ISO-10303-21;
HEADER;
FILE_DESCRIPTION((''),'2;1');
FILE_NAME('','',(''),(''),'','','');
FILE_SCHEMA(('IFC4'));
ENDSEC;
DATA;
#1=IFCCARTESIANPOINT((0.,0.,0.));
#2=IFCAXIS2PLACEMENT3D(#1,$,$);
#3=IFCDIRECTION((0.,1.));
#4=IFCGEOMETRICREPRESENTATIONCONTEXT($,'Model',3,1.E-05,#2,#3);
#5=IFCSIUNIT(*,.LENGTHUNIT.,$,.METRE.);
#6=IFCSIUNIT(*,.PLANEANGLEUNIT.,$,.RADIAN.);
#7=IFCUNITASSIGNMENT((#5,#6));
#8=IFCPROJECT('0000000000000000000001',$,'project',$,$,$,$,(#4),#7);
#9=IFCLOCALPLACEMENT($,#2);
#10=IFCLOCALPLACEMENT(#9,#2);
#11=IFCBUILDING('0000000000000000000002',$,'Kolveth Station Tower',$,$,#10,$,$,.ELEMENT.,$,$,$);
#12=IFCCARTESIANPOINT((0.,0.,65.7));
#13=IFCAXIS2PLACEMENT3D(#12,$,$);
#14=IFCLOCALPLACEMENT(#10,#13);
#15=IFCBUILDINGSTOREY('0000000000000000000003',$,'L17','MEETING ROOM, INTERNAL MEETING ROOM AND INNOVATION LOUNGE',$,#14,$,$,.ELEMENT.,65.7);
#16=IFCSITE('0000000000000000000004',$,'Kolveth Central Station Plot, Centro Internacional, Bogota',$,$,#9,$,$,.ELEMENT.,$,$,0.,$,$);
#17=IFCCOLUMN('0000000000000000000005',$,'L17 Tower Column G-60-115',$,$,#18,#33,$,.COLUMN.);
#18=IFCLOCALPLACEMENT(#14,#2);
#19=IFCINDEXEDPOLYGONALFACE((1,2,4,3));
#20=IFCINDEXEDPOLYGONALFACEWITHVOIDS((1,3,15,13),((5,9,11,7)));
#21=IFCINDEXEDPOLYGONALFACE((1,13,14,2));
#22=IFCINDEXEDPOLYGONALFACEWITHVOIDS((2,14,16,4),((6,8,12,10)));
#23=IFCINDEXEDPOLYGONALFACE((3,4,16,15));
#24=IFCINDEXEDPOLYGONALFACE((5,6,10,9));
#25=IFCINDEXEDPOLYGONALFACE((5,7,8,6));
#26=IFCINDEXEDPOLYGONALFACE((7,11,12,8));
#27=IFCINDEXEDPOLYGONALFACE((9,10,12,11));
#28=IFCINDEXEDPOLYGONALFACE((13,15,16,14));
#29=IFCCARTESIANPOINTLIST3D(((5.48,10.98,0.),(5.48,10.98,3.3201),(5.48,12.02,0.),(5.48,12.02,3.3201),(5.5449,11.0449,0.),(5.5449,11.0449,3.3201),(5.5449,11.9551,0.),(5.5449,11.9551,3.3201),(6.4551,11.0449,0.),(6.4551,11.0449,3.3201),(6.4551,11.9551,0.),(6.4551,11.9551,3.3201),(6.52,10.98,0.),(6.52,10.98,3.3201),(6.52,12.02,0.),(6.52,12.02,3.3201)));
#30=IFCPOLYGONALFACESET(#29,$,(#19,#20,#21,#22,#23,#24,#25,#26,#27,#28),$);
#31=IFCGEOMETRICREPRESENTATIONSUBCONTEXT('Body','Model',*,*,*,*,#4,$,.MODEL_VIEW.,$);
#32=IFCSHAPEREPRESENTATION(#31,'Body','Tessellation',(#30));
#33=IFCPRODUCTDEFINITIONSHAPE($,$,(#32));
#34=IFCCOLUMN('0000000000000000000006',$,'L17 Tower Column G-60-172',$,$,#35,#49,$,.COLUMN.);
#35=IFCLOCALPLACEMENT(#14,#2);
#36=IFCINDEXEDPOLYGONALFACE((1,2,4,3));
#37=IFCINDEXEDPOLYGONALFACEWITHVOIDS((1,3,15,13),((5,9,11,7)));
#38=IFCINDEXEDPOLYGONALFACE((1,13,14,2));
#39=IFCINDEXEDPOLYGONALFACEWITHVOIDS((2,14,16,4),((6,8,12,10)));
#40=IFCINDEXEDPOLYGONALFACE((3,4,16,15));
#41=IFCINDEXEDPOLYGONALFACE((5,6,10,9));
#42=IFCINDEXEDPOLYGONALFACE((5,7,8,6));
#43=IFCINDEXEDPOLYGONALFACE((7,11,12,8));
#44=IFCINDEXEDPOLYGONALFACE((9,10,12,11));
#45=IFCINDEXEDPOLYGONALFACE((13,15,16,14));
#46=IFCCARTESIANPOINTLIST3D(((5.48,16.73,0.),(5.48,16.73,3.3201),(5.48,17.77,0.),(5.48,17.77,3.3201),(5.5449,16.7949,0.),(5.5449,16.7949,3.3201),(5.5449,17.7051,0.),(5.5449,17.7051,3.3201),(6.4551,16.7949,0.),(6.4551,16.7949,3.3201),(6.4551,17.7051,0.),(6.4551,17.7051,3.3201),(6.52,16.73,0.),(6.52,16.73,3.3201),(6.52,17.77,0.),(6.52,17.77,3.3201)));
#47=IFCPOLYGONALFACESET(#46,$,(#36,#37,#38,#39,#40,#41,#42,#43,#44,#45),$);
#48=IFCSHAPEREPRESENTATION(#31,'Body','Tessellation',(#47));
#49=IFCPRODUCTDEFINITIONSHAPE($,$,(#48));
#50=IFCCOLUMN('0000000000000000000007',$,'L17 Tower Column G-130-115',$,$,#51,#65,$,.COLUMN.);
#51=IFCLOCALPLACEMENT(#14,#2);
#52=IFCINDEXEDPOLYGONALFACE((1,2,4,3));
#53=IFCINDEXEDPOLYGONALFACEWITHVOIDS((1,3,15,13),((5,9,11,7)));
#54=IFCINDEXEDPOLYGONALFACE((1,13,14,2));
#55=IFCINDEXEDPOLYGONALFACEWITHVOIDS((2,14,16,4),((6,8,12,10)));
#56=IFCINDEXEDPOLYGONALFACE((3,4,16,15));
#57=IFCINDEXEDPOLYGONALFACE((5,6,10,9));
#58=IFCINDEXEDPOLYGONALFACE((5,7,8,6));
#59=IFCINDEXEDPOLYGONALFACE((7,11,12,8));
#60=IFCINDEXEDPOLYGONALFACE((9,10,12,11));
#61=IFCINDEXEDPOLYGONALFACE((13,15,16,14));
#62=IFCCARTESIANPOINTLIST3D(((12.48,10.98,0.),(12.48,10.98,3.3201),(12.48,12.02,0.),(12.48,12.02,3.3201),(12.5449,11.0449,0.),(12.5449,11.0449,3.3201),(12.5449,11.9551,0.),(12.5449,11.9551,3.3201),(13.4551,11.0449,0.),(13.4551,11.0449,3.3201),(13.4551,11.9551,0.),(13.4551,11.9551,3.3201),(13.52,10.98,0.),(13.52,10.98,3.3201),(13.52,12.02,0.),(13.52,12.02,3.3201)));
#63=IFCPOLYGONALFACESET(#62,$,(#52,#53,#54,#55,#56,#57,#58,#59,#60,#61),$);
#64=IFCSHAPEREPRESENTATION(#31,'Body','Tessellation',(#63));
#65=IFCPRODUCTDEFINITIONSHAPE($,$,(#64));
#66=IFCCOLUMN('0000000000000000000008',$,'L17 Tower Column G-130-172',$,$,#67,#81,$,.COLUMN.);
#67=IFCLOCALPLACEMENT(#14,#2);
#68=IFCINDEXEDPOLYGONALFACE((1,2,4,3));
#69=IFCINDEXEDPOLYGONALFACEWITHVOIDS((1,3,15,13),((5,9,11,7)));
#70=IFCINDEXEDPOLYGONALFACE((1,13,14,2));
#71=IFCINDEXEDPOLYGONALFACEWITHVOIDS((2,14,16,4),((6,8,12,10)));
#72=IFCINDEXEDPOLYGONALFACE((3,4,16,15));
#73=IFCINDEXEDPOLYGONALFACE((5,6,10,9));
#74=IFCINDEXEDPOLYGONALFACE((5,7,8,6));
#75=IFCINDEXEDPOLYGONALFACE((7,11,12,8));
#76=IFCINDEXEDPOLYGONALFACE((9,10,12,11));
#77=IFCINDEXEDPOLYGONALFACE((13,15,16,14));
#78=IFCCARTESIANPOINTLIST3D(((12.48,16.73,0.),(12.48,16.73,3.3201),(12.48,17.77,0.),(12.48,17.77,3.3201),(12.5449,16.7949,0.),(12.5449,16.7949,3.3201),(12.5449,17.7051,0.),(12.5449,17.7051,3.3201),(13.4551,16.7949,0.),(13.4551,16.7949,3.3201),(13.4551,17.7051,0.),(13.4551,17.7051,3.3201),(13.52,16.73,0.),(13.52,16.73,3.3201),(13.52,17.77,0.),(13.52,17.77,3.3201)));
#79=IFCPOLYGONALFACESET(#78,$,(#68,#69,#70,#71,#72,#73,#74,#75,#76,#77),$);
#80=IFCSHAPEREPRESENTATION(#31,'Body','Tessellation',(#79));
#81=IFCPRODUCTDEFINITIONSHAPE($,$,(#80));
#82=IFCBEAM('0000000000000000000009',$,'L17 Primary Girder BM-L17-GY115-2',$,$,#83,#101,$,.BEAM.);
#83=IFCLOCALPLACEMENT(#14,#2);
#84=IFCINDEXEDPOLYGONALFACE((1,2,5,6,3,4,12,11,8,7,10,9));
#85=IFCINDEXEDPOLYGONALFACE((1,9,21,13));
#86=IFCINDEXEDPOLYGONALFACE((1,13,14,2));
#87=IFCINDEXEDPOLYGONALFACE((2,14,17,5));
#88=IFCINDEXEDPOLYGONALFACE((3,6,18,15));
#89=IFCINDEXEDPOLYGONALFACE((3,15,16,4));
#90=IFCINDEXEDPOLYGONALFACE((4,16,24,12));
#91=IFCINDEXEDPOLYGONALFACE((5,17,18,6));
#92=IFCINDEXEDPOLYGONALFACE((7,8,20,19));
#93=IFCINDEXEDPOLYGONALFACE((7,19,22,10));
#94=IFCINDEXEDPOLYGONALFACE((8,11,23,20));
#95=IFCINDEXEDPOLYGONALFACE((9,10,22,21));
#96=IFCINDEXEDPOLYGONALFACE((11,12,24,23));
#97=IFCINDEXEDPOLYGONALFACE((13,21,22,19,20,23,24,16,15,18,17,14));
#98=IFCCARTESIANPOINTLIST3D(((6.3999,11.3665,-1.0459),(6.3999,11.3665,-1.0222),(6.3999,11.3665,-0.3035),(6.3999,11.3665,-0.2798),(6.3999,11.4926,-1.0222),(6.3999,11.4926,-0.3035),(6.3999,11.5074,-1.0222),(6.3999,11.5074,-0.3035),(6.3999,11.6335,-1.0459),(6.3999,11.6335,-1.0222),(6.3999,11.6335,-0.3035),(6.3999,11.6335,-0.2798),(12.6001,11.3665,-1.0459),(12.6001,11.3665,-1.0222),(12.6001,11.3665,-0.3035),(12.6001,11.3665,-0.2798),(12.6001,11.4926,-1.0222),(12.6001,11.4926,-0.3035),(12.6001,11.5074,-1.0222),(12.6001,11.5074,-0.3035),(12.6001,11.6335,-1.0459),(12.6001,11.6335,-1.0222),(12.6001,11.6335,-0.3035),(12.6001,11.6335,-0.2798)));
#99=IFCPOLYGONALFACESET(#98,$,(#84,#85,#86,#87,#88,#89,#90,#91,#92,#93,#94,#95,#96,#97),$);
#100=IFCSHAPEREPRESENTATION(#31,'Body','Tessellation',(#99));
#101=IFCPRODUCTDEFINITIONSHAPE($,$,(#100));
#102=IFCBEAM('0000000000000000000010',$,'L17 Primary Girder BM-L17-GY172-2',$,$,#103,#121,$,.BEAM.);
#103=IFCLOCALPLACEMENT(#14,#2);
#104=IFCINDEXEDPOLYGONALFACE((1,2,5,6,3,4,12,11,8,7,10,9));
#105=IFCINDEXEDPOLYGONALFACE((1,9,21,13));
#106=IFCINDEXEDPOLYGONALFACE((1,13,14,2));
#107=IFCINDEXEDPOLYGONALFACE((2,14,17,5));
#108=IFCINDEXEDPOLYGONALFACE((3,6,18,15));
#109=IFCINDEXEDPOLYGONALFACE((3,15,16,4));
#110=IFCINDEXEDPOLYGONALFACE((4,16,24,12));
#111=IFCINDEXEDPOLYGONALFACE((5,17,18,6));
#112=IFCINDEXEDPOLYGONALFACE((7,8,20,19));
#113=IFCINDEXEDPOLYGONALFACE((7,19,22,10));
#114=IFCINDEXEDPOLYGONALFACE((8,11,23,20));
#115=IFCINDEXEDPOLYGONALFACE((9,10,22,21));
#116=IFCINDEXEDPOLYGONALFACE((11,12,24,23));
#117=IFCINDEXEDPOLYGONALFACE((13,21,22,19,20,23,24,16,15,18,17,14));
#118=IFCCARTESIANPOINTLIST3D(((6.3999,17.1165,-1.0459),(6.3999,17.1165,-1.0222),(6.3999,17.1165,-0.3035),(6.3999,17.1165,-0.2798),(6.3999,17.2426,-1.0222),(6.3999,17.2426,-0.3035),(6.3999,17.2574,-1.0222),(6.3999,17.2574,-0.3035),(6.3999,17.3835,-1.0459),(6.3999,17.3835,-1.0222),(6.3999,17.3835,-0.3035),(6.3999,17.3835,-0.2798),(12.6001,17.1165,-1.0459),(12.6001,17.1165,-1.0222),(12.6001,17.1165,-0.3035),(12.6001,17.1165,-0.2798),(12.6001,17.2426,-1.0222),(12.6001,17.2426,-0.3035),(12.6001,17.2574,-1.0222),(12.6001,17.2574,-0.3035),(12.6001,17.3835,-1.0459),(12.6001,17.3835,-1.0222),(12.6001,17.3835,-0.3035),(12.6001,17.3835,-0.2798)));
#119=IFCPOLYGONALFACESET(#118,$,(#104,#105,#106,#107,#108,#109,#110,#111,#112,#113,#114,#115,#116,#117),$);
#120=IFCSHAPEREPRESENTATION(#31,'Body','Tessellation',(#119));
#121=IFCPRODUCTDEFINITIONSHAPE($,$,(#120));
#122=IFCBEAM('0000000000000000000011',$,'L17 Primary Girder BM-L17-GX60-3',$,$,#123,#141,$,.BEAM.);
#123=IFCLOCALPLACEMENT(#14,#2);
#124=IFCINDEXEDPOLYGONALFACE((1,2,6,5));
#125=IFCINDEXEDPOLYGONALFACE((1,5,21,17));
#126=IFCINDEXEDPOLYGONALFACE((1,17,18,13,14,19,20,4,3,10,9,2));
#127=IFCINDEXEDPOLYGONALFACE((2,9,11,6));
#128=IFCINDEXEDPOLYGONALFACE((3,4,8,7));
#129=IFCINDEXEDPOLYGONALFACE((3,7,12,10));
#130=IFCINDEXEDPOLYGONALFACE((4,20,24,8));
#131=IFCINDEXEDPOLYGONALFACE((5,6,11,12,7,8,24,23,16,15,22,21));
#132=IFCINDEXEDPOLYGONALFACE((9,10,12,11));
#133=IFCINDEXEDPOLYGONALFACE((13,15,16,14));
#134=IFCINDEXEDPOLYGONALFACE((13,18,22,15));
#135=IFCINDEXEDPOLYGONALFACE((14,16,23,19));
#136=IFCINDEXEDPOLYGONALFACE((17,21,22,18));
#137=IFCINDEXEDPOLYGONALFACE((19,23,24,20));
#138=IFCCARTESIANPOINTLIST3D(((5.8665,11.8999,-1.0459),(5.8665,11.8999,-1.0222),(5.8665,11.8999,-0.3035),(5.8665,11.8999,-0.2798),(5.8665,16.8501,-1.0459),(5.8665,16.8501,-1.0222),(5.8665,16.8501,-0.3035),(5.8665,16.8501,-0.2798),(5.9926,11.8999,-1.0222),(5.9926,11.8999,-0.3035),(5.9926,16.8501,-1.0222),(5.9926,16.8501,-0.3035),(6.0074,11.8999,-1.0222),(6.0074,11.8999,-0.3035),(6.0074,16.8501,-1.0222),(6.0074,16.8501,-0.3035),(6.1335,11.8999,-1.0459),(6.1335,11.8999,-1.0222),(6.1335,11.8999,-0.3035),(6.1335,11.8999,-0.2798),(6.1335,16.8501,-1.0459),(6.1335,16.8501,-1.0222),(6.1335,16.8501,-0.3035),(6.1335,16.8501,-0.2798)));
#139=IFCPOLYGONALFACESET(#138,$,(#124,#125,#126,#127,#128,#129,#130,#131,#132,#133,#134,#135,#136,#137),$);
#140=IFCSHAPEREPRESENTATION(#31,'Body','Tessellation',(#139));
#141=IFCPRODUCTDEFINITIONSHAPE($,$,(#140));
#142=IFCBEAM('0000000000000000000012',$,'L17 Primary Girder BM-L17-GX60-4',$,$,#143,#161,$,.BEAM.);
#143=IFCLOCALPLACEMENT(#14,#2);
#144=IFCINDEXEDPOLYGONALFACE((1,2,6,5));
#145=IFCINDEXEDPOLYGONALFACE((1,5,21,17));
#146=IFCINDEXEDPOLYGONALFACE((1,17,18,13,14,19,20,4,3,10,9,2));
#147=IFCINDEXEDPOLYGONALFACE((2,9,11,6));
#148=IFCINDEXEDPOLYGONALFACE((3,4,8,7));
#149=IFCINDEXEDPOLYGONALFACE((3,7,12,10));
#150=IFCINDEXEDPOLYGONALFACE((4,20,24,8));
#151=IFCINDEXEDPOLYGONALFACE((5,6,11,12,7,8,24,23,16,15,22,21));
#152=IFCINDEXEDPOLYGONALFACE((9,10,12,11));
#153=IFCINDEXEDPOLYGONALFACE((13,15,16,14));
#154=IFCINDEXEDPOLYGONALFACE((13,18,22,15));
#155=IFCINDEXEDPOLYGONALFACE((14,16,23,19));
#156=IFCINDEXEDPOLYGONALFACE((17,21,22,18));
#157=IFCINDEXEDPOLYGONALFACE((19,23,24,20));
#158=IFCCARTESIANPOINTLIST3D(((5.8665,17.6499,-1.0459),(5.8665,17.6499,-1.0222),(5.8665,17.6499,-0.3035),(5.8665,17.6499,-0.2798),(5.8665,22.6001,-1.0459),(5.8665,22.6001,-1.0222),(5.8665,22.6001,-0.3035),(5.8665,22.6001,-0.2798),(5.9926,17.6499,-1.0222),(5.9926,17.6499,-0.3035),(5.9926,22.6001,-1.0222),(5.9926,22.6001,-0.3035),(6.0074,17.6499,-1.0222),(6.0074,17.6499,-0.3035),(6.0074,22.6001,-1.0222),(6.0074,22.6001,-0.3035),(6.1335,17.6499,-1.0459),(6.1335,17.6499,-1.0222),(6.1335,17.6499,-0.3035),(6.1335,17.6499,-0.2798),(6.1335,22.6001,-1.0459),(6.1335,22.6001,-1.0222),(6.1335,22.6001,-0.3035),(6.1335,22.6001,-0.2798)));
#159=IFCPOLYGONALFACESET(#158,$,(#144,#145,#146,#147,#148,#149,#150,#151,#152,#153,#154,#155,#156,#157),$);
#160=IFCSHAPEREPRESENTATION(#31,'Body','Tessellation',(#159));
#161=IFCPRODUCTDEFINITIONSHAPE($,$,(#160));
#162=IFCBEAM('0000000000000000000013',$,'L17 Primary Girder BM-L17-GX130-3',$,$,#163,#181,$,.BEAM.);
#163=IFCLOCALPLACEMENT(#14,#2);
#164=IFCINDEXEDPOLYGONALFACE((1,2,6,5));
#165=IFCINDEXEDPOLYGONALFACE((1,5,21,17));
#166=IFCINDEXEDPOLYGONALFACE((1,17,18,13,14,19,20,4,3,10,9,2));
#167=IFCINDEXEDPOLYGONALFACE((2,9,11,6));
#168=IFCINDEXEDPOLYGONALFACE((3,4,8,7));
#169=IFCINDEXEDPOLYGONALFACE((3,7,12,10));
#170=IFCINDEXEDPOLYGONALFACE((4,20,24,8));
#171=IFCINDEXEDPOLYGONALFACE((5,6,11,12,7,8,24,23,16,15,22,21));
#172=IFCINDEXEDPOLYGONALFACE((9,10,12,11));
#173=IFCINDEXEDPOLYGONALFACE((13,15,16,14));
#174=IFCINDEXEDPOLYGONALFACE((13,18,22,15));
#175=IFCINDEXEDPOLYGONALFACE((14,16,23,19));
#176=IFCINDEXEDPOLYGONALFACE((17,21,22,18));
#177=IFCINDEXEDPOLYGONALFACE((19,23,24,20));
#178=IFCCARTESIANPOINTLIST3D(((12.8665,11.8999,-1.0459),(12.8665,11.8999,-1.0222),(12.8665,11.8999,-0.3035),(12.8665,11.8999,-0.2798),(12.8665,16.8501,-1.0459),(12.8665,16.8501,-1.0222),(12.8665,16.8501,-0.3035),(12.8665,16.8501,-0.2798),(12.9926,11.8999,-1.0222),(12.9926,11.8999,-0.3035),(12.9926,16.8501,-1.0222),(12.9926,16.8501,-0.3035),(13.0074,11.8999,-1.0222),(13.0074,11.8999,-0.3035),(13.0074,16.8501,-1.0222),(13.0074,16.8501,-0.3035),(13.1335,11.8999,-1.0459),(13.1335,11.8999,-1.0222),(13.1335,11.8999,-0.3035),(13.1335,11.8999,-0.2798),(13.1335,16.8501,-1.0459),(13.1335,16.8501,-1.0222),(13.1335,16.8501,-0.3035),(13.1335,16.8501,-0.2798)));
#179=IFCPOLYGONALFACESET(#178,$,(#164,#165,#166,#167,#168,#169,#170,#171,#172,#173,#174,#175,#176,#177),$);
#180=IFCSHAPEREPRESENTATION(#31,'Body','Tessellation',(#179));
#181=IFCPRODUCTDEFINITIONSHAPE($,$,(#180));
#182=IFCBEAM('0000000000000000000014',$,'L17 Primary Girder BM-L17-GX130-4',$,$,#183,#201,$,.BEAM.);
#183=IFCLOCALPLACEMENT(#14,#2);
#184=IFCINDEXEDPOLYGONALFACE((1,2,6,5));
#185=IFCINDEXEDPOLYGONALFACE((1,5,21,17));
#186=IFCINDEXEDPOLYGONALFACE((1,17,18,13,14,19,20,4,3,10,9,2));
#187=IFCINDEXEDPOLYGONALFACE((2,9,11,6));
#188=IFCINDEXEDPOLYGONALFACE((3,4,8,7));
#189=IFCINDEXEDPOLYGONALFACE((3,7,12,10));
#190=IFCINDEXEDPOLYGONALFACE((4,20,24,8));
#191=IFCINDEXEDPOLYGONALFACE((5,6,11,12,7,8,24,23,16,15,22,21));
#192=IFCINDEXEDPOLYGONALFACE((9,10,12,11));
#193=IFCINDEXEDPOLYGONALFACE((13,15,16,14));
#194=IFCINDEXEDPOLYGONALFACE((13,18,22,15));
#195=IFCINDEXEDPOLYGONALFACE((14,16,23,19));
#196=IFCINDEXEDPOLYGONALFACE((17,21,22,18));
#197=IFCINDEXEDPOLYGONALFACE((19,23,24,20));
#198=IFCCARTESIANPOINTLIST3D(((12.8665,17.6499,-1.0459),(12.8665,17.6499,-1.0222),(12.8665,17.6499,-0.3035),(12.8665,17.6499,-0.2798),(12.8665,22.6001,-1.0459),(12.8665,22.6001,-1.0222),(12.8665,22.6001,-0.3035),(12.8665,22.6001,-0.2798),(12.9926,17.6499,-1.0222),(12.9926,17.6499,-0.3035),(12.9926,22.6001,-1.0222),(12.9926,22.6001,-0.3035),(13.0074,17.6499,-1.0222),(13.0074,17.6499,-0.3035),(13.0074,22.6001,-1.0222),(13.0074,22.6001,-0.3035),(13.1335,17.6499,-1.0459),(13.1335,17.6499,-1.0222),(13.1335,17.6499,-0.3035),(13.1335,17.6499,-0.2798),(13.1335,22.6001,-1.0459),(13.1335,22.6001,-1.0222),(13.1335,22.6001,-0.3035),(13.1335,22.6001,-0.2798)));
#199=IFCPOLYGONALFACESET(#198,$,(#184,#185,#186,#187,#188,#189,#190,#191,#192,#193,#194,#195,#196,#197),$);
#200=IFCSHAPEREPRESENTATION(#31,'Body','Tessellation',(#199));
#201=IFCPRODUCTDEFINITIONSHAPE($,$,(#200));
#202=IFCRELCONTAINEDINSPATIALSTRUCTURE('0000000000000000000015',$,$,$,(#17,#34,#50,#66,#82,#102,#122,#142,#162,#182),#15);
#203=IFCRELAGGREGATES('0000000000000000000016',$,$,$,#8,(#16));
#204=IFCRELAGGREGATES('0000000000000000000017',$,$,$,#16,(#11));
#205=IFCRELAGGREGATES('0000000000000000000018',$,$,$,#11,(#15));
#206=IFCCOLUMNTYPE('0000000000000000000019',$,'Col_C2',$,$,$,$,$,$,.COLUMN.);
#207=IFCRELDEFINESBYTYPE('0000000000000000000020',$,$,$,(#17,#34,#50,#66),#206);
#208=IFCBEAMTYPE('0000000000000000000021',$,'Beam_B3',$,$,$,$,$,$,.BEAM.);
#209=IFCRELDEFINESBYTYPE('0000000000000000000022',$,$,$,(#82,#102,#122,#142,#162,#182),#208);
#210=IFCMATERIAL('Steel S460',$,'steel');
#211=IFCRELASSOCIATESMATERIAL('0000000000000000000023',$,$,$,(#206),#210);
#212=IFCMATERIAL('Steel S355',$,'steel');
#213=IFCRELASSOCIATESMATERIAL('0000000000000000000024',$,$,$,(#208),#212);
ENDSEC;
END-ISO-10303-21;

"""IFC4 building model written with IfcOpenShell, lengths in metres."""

from ifc_helpers import new_model, si_unit, direction, frame, origin, origin_2d, place, context, subcontext, project, spatial, hollow_rectangle, i_section, extrude, source, transform, mapped, material, material_profile, profile_set, type_object, element, save


model = new_model("IFC4")

# Units and contexts
model_context = context("Model", 3, precision=1e-05, world=origin(), true_north=direction((0.0, 1.0)))
body_context = subcontext(model_context, "Body", "Model", "MODEL_VIEW")
ifc_project = project(units=[si_unit("LENGTHUNIT", "METRE"), si_unit("PLANEANGLEUNIT", "RADIAN")], contexts=[model_context])

# Site, building, storey
site_placement = place(None, origin())
site = spatial("IfcSite", under=ifc_project, at=site_placement, Name="Kolveth Central Station Plot, Centro Internacional, Bogota", CompositionType="ELEMENT", RefElevation=0.0)
building_placement = place(site_placement, origin())
building = spatial("IfcBuilding", under=site, at=building_placement, Name="Kolveth Station Tower", CompositionType="ELEMENT")
storey_placement = place(building_placement, frame((0.0, 0.0, 65.7)))
storey = spatial("IfcBuildingStorey", under=building, at=storey_placement, Name="L17", Description="MEETING ROOM, INTERNAL MEETING ROOM AND INNOVATION LOUNGE", CompositionType="ELEMENT", Elevation=65.7)

# Columns
ifc_material_1 = material(Name="Steel S460", Category="steel")
ifc_material_profile_1 = material_profile(ifc_material_1, hollow_rectangle(XDim=1.04, YDim=1.04, WallThickness=0.0649, at=origin_2d()), Name="BOX1040x1040x65")
ifc_profile_set_1 = profile_set([ifc_material_profile_1], Name="Steel S460")
column_type = type_object("IfcColumnType", Name="Col_C2", PredefinedType="COLUMN", material=ifc_profile_set_1)
shared_shape_1 = source(origin(), body_context, "Body", "SweptSolid", [
    extrude(hollow_rectangle(XDim=1.04, YDim=1.04, WallThickness=0.0649, at=origin_2d()), origin(), (0.0, 0.0, 1.0), 3.3201),
])
for number, where, z_axis, x_axis, name in (
    (1, (6.0, 11.5, 0.0), (0.0, 0.0, 1.0), (1.0, 0.0, 0.0), "L17 Tower Column G-60-115"),
    (2, (6.0, 17.25, 0.0), (0.0, 0.0, 1.0), (1.0, 0.0, 0.0), "L17 Tower Column G-60-172"),
    (3, (13.0, 11.5, 0.0), (0.0, 0.0, 1.0), (1.0, 0.0, 0.0), "L17 Tower Column G-130-115"),
    (4, (13.0, 17.25, 0.0), (0.0, 0.0, 1.0), (1.0, 0.0, 0.0), "L17 Tower Column G-130-172"),
):
    element("IfcColumn", number, at=place(storey_placement, frame(where, z_axis=z_axis, x_axis=x_axis)), inside=storey, type_object=column_type, Name=name, PredefinedType="COLUMN", context=body_context, shape_type="MappedRepresentation", body=[
        mapped(shared_shape_1, transform((0.0, 0.0, 0.0), x_axis=(1.0, 0.0, 0.0), y_axis=(0.0, 1.0, 0.0), z_axis=(0.0, 0.0, 1.0), scale=1.0)),
    ])

# Beams
ifc_material_2 = material(Name="Steel S355", Category="steel")
ifc_material_profile_2 = material_profile(ifc_material_2, i_section(OverallWidth=0.2671, OverallDepth=0.7661, WebThickness=0.0149, FlangeThickness=0.0237, at=origin_2d()), Name="W760x185")
ifc_profile_set_2 = profile_set([ifc_material_profile_2], Name="Steel S355")
beam_type_1 = type_object("IfcBeamType", Name="Beam_B3", PredefinedType="BEAM", material=ifc_profile_set_2)
shared_shape_2 = source(origin(), body_context, "Body", "SweptSolid", [
    extrude(i_section(OverallWidth=0.2671, OverallDepth=0.7661, WebThickness=0.0149, FlangeThickness=0.0237, at=origin_2d()), origin(), (0.0, 0.0, 1.0), 6.2002),
])
for number, where, z_axis, x_axis, name in (
    (5, (6.3999, 11.5, -0.6628), (1.0, 0.0, 0.0), (0.0, 1.0, 0.0), "L17 Primary Girder BM-L17-GY115-2"),
    (6, (6.3999, 17.25, -0.6628), (1.0, 0.0, 0.0), (0.0, 1.0, 0.0), "L17 Primary Girder BM-L17-GY172-2"),
):
    element("IfcBeam", number, at=place(storey_placement, frame(where, z_axis=z_axis, x_axis=x_axis)), inside=storey, type_object=beam_type_1, Name=name, PredefinedType="BEAM", context=body_context, shape_type="MappedRepresentation", body=[
        mapped(shared_shape_2, transform((0.0, 0.0, 0.0), x_axis=(1.0, 0.0, 0.0), y_axis=(0.0, 1.0, 0.0), z_axis=(0.0, 0.0, 1.0), scale=1.0)),
    ])
shared_shape_3 = source(origin(), body_context, "Body", "SweptSolid", [
    extrude(i_section(OverallWidth=0.2671, OverallDepth=0.7661, WebThickness=0.0149, FlangeThickness=0.0237, at=origin_2d()), origin(), (0.0, 0.0, 1.0), 4.9502),
])
for number, where, z_axis, x_axis, name in (
    (7, (6.0, 11.8999, -0.6628), (0.0, 1.0, 0.0), (-1.0, 0.0, 0.0), "L17 Primary Girder BM-L17-GX60-3"),
    (8, (6.0, 17.6499, -0.6628), (0.0, 1.0, 0.0), (-1.0, 0.0, 0.0), "L17 Primary Girder BM-L17-GX60-4"),
    (9, (13.0, 11.8999, -0.6628), (0.0, 1.0, 0.0), (-1.0, 0.0, 0.0), "L17 Primary Girder BM-L17-GX130-3"),
    (10, (13.0, 17.6499, -0.6628), (0.0, 1.0, 0.0), (-1.0, 0.0, 0.0), "L17 Primary Girder BM-L17-GX130-4"),
):
    element("IfcBeam", number, at=place(storey_placement, frame(where, z_axis=z_axis, x_axis=x_axis)), inside=storey, type_object=beam_type_1, Name=name, PredefinedType="BEAM", context=body_context, shape_type="MappedRepresentation", body=[
        mapped(shared_shape_3, transform((0.0, 0.0, 0.0), x_axis=(1.0, 0.0, 0.0), y_axis=(0.0, 1.0, 0.0), z_axis=(0.0, 0.0, 1.0), scale=1.0)),
    ])

save(model, "model.ifc")
